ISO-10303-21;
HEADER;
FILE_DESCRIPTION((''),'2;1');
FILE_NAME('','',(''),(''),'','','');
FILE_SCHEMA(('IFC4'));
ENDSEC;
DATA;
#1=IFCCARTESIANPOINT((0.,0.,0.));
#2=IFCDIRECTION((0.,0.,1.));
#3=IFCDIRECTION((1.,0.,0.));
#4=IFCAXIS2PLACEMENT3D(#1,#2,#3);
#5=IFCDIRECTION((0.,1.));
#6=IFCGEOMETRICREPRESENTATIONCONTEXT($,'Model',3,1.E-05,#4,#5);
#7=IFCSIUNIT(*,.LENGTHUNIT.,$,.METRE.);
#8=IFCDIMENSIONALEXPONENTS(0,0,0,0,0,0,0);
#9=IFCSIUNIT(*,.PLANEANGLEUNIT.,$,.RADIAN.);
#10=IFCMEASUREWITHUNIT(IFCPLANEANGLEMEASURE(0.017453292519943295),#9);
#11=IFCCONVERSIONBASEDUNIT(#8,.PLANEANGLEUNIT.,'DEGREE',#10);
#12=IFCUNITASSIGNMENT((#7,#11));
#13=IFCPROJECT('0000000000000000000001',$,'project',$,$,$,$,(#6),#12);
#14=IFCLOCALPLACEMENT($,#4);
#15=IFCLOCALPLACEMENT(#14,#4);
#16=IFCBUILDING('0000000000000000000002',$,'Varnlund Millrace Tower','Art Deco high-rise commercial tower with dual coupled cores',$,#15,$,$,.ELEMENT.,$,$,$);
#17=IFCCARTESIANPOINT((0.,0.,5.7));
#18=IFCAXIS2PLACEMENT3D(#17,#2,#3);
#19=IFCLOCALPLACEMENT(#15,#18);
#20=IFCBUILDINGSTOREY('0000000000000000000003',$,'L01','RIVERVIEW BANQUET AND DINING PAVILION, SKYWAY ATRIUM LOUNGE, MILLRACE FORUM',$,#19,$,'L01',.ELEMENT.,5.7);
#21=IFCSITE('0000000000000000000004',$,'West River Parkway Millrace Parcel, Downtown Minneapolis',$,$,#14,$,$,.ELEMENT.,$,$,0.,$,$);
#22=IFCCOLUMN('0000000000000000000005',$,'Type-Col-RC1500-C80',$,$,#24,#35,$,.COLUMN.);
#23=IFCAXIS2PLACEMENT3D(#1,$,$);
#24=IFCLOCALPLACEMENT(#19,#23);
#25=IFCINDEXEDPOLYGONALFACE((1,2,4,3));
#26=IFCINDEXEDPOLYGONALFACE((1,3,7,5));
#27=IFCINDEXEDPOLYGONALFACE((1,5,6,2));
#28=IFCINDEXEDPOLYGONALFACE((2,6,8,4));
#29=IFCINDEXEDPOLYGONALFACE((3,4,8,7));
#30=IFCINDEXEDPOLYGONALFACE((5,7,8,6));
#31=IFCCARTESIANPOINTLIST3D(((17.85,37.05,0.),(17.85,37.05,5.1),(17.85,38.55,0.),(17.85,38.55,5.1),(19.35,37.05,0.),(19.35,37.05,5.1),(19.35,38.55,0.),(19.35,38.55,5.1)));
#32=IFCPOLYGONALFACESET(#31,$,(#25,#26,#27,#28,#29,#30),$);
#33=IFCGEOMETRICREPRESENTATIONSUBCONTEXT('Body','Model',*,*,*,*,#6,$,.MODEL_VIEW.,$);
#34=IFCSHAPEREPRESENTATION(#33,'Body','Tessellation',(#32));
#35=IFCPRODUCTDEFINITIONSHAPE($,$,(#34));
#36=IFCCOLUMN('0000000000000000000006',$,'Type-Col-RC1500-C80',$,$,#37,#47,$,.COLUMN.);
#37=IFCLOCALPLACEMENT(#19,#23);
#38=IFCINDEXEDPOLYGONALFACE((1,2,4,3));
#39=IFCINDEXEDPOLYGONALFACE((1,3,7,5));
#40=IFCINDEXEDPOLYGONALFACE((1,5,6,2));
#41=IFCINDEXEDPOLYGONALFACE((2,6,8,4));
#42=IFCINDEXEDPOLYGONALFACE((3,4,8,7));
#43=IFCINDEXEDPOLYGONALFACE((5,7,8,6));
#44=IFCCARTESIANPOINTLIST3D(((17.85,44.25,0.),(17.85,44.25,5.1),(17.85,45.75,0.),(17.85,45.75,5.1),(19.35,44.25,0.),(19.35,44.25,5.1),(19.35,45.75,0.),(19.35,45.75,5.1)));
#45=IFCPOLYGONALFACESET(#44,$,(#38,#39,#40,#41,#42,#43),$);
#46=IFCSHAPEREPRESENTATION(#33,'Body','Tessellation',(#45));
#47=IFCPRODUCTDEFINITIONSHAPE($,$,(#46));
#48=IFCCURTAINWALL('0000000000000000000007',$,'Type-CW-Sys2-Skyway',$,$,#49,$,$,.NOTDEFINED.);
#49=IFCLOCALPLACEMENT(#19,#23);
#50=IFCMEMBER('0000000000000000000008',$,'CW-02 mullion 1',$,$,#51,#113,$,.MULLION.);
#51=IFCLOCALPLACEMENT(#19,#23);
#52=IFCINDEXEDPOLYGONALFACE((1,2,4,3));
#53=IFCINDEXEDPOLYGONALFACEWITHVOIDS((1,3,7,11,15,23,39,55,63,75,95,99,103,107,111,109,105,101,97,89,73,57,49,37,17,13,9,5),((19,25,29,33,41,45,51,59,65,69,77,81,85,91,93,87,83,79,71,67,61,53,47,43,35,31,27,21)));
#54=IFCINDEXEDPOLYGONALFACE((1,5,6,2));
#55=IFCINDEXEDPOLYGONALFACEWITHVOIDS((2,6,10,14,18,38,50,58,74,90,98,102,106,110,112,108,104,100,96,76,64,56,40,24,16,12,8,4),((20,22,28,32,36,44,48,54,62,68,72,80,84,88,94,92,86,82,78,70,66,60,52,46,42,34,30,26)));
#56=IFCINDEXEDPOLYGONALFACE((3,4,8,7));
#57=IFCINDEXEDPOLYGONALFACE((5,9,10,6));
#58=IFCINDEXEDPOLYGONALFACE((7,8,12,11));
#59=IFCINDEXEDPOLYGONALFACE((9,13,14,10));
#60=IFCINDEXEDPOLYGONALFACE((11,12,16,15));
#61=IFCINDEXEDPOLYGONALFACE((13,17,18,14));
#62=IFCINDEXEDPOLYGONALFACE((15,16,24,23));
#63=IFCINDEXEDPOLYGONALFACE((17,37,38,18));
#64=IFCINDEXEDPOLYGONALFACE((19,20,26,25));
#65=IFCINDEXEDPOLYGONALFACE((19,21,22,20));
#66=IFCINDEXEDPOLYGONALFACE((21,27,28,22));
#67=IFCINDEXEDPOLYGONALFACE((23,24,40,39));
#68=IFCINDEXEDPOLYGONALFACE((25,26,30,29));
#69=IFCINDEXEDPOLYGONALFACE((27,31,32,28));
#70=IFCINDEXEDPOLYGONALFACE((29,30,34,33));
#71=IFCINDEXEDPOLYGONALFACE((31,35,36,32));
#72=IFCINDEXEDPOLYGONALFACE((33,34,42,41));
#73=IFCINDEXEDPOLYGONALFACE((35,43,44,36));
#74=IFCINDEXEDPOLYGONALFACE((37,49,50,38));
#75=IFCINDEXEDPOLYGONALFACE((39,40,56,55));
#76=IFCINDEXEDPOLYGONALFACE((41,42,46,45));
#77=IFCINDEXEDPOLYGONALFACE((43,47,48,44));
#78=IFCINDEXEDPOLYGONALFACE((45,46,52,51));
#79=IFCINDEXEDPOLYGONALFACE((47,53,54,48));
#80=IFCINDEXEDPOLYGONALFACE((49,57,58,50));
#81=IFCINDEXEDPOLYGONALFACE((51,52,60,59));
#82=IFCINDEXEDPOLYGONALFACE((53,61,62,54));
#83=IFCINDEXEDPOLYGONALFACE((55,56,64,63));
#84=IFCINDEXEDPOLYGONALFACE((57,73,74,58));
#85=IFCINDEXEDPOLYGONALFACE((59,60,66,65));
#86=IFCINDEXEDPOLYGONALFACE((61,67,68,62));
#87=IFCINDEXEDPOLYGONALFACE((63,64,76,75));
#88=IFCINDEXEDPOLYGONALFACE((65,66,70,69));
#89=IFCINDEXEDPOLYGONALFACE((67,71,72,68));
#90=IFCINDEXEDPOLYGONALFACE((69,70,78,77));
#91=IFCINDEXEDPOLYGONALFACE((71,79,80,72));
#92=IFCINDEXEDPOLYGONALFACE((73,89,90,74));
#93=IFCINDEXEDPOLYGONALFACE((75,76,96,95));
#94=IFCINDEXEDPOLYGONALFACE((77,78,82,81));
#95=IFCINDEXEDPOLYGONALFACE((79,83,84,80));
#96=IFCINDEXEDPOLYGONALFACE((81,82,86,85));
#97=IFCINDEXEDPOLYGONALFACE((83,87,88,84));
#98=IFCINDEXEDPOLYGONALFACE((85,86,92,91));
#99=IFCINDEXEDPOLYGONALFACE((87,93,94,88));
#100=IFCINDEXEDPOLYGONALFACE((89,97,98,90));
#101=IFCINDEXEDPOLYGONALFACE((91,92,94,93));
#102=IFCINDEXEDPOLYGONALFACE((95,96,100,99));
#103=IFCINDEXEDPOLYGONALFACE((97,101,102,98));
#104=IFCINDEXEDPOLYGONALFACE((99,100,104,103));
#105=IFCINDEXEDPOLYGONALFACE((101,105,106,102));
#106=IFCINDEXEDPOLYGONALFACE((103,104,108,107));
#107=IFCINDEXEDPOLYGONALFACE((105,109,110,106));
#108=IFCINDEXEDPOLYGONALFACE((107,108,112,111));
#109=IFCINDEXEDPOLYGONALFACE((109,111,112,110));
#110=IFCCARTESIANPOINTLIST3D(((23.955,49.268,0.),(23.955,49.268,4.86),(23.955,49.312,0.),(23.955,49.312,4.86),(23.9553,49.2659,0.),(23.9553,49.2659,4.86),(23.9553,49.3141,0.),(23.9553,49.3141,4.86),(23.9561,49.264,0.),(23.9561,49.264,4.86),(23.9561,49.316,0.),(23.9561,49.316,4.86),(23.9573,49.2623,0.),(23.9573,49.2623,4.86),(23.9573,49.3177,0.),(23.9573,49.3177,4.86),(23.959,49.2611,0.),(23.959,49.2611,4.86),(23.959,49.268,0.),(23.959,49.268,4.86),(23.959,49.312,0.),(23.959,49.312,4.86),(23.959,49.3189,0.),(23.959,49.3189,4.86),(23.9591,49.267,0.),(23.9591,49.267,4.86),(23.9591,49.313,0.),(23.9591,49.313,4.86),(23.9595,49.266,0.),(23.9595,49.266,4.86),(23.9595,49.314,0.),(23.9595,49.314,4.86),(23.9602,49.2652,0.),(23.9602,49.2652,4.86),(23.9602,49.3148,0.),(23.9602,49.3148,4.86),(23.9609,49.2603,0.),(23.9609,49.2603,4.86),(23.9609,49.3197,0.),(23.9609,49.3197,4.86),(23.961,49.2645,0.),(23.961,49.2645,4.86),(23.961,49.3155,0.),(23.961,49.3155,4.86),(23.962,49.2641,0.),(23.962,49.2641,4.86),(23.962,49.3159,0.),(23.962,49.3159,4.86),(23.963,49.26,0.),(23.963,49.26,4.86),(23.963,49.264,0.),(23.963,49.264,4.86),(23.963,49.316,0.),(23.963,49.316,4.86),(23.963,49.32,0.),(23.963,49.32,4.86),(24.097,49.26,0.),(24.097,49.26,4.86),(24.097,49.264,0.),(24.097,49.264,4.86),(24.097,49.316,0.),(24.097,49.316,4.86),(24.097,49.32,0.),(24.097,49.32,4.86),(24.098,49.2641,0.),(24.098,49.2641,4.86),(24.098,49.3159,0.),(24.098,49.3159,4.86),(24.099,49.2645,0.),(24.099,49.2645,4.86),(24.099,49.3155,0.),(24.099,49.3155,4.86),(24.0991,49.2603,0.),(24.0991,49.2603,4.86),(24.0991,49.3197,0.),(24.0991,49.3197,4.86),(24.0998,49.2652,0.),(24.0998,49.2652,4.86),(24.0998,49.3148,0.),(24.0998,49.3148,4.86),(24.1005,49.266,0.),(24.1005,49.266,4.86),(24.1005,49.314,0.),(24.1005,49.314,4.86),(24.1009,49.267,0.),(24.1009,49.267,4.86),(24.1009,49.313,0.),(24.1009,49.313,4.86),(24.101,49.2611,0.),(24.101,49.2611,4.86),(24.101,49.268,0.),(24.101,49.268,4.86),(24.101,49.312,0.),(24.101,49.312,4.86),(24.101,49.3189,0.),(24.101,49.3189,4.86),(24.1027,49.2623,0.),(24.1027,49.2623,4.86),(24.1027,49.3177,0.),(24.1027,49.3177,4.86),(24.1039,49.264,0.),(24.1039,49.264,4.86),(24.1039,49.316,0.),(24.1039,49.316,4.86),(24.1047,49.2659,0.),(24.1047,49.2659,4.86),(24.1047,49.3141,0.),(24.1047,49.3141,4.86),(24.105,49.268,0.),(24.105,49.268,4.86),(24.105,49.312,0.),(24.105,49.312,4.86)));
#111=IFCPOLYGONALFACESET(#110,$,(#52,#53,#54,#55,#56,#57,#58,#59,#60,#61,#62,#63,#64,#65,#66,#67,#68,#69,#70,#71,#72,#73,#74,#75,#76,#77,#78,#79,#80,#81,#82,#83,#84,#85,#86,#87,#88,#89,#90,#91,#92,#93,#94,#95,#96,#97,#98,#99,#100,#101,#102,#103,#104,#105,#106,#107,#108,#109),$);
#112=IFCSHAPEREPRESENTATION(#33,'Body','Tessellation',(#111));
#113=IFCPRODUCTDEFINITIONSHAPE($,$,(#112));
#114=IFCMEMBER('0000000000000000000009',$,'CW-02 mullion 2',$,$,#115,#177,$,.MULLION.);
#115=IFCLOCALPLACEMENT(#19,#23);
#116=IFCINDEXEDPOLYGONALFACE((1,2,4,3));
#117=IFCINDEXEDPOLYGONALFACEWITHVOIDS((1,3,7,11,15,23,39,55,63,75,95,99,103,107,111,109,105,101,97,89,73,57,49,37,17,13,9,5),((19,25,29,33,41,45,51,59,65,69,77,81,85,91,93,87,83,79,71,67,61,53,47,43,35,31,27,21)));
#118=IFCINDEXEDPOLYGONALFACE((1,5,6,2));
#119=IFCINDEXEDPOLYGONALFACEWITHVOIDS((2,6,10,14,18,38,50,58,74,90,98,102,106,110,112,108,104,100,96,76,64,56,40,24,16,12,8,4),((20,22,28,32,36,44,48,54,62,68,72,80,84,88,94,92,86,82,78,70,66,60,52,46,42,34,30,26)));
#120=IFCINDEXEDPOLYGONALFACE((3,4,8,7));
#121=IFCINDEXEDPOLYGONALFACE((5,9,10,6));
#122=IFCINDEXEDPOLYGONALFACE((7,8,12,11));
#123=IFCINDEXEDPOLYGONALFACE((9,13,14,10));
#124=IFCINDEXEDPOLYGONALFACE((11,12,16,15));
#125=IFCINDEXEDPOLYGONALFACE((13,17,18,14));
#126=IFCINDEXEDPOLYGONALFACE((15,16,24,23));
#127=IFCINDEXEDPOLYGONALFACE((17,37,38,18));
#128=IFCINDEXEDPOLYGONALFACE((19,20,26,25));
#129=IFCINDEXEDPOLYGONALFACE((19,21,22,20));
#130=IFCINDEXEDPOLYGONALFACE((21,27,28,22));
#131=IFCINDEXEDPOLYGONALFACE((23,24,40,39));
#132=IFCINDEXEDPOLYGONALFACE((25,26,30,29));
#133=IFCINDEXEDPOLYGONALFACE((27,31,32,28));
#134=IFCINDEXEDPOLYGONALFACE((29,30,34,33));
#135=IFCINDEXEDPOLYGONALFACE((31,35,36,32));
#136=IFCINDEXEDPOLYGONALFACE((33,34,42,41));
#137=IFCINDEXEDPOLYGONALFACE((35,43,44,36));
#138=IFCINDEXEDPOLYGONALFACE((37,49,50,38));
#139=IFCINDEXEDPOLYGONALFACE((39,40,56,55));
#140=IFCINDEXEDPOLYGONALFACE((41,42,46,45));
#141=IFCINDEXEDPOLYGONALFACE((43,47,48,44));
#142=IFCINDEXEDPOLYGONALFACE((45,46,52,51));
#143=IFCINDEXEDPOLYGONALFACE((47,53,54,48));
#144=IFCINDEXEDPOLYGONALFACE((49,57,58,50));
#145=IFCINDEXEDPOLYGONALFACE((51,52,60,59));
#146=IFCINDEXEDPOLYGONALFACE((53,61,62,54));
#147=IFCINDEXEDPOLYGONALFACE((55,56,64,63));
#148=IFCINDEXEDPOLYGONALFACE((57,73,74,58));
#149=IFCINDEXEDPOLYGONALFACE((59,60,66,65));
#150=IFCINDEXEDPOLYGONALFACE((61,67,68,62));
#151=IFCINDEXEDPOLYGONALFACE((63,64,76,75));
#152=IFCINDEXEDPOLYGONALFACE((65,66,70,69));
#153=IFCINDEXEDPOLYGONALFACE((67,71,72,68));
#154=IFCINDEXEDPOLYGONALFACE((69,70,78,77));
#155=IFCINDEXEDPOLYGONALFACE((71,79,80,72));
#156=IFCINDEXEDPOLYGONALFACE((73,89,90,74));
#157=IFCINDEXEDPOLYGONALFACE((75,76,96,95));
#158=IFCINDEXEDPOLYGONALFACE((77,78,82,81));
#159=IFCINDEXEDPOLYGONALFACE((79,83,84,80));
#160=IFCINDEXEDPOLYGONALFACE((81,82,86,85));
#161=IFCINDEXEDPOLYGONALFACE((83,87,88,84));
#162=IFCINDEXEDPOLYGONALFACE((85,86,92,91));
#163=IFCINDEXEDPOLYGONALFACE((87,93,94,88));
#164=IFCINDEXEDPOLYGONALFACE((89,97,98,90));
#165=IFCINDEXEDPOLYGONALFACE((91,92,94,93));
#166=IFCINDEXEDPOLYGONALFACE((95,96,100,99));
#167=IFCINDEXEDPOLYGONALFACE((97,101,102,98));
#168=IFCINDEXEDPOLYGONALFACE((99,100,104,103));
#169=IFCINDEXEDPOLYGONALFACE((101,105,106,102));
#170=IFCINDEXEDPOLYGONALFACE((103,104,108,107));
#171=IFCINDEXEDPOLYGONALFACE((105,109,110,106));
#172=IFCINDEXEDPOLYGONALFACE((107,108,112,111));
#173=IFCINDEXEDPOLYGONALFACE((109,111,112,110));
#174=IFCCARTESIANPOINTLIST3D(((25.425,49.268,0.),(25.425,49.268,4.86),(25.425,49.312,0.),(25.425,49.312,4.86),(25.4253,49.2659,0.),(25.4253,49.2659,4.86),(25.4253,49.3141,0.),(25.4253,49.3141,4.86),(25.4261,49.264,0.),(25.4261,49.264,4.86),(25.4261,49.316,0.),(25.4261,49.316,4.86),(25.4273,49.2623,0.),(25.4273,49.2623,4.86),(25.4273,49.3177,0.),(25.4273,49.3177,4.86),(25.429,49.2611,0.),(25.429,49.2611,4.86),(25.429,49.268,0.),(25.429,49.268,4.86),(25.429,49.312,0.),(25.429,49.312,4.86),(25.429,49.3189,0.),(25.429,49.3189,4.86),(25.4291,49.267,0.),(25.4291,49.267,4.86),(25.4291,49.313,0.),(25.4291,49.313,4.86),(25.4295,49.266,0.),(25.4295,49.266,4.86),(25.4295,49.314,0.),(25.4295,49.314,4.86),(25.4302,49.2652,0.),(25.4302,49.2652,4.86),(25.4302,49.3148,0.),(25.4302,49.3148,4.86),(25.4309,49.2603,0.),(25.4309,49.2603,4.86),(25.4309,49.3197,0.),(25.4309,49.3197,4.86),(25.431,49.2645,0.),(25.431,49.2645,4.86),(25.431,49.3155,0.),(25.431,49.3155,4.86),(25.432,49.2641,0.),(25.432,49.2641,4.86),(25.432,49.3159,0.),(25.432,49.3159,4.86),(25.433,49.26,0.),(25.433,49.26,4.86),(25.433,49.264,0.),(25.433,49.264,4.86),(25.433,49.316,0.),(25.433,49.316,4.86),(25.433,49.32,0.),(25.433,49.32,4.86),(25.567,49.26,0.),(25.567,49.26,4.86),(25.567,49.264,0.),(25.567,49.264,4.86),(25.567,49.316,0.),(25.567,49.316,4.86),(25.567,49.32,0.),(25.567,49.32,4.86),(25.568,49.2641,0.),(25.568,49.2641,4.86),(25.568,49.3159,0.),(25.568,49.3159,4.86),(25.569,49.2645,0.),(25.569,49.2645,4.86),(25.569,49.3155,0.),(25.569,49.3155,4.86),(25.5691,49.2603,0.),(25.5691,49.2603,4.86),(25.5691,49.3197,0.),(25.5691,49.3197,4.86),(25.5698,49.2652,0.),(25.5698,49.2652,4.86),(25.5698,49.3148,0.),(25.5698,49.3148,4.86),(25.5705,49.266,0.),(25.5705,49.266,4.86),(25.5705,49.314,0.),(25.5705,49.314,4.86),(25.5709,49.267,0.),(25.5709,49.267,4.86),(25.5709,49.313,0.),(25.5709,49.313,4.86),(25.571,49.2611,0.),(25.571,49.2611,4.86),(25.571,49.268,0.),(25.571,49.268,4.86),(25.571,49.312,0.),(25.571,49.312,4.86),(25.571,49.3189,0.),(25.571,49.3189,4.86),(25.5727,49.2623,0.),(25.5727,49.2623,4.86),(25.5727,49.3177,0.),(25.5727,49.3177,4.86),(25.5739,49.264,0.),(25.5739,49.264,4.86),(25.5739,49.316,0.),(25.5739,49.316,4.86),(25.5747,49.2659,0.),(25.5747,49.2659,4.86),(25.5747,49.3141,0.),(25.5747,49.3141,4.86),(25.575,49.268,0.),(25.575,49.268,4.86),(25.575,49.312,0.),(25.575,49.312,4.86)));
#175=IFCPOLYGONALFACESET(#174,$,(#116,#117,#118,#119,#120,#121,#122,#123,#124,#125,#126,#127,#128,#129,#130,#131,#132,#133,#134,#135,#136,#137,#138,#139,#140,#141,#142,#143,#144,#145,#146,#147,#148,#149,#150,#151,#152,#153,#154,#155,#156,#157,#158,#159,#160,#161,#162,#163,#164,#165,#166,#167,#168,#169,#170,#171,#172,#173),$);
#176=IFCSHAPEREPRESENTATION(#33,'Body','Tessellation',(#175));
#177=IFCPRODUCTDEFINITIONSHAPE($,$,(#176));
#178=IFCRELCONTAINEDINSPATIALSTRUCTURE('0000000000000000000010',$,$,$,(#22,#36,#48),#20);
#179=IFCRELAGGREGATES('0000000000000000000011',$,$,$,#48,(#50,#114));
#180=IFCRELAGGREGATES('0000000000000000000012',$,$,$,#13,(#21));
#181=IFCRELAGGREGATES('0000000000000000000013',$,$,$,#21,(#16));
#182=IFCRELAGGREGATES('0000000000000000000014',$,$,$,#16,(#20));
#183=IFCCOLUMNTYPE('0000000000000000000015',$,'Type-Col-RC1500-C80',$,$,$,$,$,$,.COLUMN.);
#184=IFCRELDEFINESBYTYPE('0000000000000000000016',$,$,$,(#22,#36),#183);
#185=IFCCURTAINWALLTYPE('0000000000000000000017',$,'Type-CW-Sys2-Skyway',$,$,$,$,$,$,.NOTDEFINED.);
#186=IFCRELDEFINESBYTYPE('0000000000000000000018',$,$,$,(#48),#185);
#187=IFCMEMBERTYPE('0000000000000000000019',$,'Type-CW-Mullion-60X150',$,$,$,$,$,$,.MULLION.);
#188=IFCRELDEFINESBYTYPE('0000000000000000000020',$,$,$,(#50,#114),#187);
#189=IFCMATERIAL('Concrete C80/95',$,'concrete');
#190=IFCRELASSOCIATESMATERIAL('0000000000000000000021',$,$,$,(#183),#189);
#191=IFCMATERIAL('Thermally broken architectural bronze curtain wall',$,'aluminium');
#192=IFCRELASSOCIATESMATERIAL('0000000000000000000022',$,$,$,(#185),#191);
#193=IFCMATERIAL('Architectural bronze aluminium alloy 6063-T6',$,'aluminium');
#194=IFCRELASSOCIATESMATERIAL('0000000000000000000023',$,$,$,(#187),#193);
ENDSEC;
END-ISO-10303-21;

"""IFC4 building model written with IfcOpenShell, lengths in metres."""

from ifc_helpers import new_model, entity, si_unit, converted_unit, direction, frame, origin_with_axes, origin_2d_with_axis, place, context, subcontext, project, spatial, rectangle, hollow_rectangle, extrude, material, material_profile, profile_set, type_object, element, aggregate, save


model = new_model("IFC4")

# Units and contexts
model_context = context("Model", 3, precision=1e-05, world=origin_with_axes(), true_north=direction((0.0, 1.0)))
body_context = subcontext(model_context, "Body", "Model", "MODEL_VIEW")
ifc_project = project(units=[si_unit("LENGTHUNIT", "METRE"), converted_unit("PLANEANGLEUNIT", "DEGREE", entity("IfcPlaneAngleMeasure", 0.017453292519943295), si_unit("PLANEANGLEUNIT", "RADIAN"), dimensions=[0, 0, 0, 0, 0, 0, 0])], contexts=[model_context])

# Site, building, storey
site_placement = place(None, origin_with_axes())
site = spatial("IfcSite", under=ifc_project, at=site_placement, Name="West River Parkway Millrace Parcel, Downtown Minneapolis", CompositionType="ELEMENT", RefElevation=0.0)
building_placement = place(site_placement, origin_with_axes())
building = spatial("IfcBuilding", under=site, at=building_placement, Name="Varnlund Millrace Tower", Description="Art Deco high-rise commercial tower with dual coupled cores", CompositionType="ELEMENT")
storey_placement = place(building_placement, frame((0.0, 0.0, 5.7), z_axis=(0.0, 0.0, 1.0), x_axis=(1.0, 0.0, 0.0)))
storey = spatial("IfcBuildingStorey", under=building, at=storey_placement, Name="L01", Description="RIVERVIEW BANQUET AND DINING PAVILION, SKYWAY ATRIUM LOUNGE, MILLRACE FORUM", LongName="L01", CompositionType="ELEMENT", Elevation=5.7)

# Columns
ifc_material_1 = material(Name="Concrete C80/95", Category="concrete")
ifc_material_profile_1 = material_profile(ifc_material_1, rectangle(XDim=1.5, YDim=1.5, at=origin_2d_with_axis()), Name="Concrete C80/95")
ifc_profile_set_1 = profile_set([ifc_material_profile_1], Name="Concrete C80/95")
column_type = type_object("IfcColumnType", Name="Type-Col-RC1500-C80", PredefinedType="COLUMN", material=ifc_profile_set_1)
for number, where, z_axis, x_axis, name in (
    (1, (18.6, 37.8, 0.0), (0.0, 0.0, 1.0), (1.0, 0.0, 0.0), "Type-Col-RC1500-C80"),
    (2, (18.6, 45.0, 0.0), (0.0, 0.0, 1.0), (1.0, 0.0, 0.0), "Type-Col-RC1500-C80"),
):
    element("IfcColumn", number, at=place(storey_placement, frame(where, z_axis=z_axis, x_axis=x_axis)), inside=storey, type_object=column_type, Name=name, PredefinedType="COLUMN", context=body_context, shape_type="SweptSolid", body=[
        extrude(rectangle(XDim=1.5, YDim=1.5, at=origin_2d_with_axis()), origin_with_axes(), (0.0, 0.0, 1.0), 5.1),
    ])

# Curtain wall, members
ifc_material_2 = material(Name="Thermally broken architectural bronze curtain wall", Category="aluminium")
curtain_wall_type = type_object("IfcCurtainWallType", Name="Type-CW-Sys2-Skyway", PredefinedType="NOTDEFINED", material=ifc_material_2)
curtain_wall_placement = place(storey_placement, frame((24.0, 49.29, 0.0), z_axis=(0.0, 0.0, 1.0), x_axis=(1.0, 0.0, 0.0)))
curtain_wall = element("IfcCurtainWall", 3, at=curtain_wall_placement, inside=storey, type_object=curtain_wall_type, Name="Type-CW-Sys2-Skyway", PredefinedType="NOTDEFINED")
ifc_material_3 = material(Name="Architectural bronze aluminium alloy 6063-T6", Category="aluminium")
ifc_material_profile_2 = material_profile(ifc_material_3, hollow_rectangle(XDim=0.06, YDim=0.15, WallThickness=0.004, InnerFilletRadius=0.004, OuterFilletRadius=0.008, at=origin_2d_with_axis()), Name="Architectural bronze aluminium alloy 6063-T6")
ifc_profile_set_2 = profile_set([ifc_material_profile_2], Name="Architectural bronze aluminium alloy 6063-T6")
member_type_1 = type_object("IfcMemberType", Name="Type-CW-Mullion-60X150", PredefinedType="MULLION", material=ifc_profile_set_2)
member_1_placement = place(storey_placement, frame((24.03, 49.29, 0.0), z_axis=(0.0, 0.0, 1.0), x_axis=(0.0, 1.0, 0.0)))
member_1 = element("IfcMember", 4, at=member_1_placement, type_object=member_type_1, Name="CW-02 mullion 1", PredefinedType="MULLION", context=body_context, shape_type="SweptSolid", body=[
    extrude(hollow_rectangle(XDim=0.06, YDim=0.15, WallThickness=0.004, InnerFilletRadius=0.004, OuterFilletRadius=0.008, at=origin_2d_with_axis()), origin_with_axes(), (0.0, 0.0, 1.0), 4.86),
])
member_2_placement = place(storey_placement, frame((25.5, 49.29, 0.0), z_axis=(0.0, 0.0, 1.0), x_axis=(0.0, 1.0, 0.0)))
member_2 = element("IfcMember", 5, at=member_2_placement, type_object=member_type_1, Name="CW-02 mullion 2", PredefinedType="MULLION", context=body_context, shape_type="SweptSolid", body=[
    extrude(hollow_rectangle(XDim=0.06, YDim=0.15, WallThickness=0.004, InnerFilletRadius=0.004, OuterFilletRadius=0.008, at=origin_2d_with_axis()), origin_with_axes(), (0.0, 0.0, 1.0), 4.86),
])

aggregate(curtain_wall, [member_1, member_2])

save(model, "model.ifc")
